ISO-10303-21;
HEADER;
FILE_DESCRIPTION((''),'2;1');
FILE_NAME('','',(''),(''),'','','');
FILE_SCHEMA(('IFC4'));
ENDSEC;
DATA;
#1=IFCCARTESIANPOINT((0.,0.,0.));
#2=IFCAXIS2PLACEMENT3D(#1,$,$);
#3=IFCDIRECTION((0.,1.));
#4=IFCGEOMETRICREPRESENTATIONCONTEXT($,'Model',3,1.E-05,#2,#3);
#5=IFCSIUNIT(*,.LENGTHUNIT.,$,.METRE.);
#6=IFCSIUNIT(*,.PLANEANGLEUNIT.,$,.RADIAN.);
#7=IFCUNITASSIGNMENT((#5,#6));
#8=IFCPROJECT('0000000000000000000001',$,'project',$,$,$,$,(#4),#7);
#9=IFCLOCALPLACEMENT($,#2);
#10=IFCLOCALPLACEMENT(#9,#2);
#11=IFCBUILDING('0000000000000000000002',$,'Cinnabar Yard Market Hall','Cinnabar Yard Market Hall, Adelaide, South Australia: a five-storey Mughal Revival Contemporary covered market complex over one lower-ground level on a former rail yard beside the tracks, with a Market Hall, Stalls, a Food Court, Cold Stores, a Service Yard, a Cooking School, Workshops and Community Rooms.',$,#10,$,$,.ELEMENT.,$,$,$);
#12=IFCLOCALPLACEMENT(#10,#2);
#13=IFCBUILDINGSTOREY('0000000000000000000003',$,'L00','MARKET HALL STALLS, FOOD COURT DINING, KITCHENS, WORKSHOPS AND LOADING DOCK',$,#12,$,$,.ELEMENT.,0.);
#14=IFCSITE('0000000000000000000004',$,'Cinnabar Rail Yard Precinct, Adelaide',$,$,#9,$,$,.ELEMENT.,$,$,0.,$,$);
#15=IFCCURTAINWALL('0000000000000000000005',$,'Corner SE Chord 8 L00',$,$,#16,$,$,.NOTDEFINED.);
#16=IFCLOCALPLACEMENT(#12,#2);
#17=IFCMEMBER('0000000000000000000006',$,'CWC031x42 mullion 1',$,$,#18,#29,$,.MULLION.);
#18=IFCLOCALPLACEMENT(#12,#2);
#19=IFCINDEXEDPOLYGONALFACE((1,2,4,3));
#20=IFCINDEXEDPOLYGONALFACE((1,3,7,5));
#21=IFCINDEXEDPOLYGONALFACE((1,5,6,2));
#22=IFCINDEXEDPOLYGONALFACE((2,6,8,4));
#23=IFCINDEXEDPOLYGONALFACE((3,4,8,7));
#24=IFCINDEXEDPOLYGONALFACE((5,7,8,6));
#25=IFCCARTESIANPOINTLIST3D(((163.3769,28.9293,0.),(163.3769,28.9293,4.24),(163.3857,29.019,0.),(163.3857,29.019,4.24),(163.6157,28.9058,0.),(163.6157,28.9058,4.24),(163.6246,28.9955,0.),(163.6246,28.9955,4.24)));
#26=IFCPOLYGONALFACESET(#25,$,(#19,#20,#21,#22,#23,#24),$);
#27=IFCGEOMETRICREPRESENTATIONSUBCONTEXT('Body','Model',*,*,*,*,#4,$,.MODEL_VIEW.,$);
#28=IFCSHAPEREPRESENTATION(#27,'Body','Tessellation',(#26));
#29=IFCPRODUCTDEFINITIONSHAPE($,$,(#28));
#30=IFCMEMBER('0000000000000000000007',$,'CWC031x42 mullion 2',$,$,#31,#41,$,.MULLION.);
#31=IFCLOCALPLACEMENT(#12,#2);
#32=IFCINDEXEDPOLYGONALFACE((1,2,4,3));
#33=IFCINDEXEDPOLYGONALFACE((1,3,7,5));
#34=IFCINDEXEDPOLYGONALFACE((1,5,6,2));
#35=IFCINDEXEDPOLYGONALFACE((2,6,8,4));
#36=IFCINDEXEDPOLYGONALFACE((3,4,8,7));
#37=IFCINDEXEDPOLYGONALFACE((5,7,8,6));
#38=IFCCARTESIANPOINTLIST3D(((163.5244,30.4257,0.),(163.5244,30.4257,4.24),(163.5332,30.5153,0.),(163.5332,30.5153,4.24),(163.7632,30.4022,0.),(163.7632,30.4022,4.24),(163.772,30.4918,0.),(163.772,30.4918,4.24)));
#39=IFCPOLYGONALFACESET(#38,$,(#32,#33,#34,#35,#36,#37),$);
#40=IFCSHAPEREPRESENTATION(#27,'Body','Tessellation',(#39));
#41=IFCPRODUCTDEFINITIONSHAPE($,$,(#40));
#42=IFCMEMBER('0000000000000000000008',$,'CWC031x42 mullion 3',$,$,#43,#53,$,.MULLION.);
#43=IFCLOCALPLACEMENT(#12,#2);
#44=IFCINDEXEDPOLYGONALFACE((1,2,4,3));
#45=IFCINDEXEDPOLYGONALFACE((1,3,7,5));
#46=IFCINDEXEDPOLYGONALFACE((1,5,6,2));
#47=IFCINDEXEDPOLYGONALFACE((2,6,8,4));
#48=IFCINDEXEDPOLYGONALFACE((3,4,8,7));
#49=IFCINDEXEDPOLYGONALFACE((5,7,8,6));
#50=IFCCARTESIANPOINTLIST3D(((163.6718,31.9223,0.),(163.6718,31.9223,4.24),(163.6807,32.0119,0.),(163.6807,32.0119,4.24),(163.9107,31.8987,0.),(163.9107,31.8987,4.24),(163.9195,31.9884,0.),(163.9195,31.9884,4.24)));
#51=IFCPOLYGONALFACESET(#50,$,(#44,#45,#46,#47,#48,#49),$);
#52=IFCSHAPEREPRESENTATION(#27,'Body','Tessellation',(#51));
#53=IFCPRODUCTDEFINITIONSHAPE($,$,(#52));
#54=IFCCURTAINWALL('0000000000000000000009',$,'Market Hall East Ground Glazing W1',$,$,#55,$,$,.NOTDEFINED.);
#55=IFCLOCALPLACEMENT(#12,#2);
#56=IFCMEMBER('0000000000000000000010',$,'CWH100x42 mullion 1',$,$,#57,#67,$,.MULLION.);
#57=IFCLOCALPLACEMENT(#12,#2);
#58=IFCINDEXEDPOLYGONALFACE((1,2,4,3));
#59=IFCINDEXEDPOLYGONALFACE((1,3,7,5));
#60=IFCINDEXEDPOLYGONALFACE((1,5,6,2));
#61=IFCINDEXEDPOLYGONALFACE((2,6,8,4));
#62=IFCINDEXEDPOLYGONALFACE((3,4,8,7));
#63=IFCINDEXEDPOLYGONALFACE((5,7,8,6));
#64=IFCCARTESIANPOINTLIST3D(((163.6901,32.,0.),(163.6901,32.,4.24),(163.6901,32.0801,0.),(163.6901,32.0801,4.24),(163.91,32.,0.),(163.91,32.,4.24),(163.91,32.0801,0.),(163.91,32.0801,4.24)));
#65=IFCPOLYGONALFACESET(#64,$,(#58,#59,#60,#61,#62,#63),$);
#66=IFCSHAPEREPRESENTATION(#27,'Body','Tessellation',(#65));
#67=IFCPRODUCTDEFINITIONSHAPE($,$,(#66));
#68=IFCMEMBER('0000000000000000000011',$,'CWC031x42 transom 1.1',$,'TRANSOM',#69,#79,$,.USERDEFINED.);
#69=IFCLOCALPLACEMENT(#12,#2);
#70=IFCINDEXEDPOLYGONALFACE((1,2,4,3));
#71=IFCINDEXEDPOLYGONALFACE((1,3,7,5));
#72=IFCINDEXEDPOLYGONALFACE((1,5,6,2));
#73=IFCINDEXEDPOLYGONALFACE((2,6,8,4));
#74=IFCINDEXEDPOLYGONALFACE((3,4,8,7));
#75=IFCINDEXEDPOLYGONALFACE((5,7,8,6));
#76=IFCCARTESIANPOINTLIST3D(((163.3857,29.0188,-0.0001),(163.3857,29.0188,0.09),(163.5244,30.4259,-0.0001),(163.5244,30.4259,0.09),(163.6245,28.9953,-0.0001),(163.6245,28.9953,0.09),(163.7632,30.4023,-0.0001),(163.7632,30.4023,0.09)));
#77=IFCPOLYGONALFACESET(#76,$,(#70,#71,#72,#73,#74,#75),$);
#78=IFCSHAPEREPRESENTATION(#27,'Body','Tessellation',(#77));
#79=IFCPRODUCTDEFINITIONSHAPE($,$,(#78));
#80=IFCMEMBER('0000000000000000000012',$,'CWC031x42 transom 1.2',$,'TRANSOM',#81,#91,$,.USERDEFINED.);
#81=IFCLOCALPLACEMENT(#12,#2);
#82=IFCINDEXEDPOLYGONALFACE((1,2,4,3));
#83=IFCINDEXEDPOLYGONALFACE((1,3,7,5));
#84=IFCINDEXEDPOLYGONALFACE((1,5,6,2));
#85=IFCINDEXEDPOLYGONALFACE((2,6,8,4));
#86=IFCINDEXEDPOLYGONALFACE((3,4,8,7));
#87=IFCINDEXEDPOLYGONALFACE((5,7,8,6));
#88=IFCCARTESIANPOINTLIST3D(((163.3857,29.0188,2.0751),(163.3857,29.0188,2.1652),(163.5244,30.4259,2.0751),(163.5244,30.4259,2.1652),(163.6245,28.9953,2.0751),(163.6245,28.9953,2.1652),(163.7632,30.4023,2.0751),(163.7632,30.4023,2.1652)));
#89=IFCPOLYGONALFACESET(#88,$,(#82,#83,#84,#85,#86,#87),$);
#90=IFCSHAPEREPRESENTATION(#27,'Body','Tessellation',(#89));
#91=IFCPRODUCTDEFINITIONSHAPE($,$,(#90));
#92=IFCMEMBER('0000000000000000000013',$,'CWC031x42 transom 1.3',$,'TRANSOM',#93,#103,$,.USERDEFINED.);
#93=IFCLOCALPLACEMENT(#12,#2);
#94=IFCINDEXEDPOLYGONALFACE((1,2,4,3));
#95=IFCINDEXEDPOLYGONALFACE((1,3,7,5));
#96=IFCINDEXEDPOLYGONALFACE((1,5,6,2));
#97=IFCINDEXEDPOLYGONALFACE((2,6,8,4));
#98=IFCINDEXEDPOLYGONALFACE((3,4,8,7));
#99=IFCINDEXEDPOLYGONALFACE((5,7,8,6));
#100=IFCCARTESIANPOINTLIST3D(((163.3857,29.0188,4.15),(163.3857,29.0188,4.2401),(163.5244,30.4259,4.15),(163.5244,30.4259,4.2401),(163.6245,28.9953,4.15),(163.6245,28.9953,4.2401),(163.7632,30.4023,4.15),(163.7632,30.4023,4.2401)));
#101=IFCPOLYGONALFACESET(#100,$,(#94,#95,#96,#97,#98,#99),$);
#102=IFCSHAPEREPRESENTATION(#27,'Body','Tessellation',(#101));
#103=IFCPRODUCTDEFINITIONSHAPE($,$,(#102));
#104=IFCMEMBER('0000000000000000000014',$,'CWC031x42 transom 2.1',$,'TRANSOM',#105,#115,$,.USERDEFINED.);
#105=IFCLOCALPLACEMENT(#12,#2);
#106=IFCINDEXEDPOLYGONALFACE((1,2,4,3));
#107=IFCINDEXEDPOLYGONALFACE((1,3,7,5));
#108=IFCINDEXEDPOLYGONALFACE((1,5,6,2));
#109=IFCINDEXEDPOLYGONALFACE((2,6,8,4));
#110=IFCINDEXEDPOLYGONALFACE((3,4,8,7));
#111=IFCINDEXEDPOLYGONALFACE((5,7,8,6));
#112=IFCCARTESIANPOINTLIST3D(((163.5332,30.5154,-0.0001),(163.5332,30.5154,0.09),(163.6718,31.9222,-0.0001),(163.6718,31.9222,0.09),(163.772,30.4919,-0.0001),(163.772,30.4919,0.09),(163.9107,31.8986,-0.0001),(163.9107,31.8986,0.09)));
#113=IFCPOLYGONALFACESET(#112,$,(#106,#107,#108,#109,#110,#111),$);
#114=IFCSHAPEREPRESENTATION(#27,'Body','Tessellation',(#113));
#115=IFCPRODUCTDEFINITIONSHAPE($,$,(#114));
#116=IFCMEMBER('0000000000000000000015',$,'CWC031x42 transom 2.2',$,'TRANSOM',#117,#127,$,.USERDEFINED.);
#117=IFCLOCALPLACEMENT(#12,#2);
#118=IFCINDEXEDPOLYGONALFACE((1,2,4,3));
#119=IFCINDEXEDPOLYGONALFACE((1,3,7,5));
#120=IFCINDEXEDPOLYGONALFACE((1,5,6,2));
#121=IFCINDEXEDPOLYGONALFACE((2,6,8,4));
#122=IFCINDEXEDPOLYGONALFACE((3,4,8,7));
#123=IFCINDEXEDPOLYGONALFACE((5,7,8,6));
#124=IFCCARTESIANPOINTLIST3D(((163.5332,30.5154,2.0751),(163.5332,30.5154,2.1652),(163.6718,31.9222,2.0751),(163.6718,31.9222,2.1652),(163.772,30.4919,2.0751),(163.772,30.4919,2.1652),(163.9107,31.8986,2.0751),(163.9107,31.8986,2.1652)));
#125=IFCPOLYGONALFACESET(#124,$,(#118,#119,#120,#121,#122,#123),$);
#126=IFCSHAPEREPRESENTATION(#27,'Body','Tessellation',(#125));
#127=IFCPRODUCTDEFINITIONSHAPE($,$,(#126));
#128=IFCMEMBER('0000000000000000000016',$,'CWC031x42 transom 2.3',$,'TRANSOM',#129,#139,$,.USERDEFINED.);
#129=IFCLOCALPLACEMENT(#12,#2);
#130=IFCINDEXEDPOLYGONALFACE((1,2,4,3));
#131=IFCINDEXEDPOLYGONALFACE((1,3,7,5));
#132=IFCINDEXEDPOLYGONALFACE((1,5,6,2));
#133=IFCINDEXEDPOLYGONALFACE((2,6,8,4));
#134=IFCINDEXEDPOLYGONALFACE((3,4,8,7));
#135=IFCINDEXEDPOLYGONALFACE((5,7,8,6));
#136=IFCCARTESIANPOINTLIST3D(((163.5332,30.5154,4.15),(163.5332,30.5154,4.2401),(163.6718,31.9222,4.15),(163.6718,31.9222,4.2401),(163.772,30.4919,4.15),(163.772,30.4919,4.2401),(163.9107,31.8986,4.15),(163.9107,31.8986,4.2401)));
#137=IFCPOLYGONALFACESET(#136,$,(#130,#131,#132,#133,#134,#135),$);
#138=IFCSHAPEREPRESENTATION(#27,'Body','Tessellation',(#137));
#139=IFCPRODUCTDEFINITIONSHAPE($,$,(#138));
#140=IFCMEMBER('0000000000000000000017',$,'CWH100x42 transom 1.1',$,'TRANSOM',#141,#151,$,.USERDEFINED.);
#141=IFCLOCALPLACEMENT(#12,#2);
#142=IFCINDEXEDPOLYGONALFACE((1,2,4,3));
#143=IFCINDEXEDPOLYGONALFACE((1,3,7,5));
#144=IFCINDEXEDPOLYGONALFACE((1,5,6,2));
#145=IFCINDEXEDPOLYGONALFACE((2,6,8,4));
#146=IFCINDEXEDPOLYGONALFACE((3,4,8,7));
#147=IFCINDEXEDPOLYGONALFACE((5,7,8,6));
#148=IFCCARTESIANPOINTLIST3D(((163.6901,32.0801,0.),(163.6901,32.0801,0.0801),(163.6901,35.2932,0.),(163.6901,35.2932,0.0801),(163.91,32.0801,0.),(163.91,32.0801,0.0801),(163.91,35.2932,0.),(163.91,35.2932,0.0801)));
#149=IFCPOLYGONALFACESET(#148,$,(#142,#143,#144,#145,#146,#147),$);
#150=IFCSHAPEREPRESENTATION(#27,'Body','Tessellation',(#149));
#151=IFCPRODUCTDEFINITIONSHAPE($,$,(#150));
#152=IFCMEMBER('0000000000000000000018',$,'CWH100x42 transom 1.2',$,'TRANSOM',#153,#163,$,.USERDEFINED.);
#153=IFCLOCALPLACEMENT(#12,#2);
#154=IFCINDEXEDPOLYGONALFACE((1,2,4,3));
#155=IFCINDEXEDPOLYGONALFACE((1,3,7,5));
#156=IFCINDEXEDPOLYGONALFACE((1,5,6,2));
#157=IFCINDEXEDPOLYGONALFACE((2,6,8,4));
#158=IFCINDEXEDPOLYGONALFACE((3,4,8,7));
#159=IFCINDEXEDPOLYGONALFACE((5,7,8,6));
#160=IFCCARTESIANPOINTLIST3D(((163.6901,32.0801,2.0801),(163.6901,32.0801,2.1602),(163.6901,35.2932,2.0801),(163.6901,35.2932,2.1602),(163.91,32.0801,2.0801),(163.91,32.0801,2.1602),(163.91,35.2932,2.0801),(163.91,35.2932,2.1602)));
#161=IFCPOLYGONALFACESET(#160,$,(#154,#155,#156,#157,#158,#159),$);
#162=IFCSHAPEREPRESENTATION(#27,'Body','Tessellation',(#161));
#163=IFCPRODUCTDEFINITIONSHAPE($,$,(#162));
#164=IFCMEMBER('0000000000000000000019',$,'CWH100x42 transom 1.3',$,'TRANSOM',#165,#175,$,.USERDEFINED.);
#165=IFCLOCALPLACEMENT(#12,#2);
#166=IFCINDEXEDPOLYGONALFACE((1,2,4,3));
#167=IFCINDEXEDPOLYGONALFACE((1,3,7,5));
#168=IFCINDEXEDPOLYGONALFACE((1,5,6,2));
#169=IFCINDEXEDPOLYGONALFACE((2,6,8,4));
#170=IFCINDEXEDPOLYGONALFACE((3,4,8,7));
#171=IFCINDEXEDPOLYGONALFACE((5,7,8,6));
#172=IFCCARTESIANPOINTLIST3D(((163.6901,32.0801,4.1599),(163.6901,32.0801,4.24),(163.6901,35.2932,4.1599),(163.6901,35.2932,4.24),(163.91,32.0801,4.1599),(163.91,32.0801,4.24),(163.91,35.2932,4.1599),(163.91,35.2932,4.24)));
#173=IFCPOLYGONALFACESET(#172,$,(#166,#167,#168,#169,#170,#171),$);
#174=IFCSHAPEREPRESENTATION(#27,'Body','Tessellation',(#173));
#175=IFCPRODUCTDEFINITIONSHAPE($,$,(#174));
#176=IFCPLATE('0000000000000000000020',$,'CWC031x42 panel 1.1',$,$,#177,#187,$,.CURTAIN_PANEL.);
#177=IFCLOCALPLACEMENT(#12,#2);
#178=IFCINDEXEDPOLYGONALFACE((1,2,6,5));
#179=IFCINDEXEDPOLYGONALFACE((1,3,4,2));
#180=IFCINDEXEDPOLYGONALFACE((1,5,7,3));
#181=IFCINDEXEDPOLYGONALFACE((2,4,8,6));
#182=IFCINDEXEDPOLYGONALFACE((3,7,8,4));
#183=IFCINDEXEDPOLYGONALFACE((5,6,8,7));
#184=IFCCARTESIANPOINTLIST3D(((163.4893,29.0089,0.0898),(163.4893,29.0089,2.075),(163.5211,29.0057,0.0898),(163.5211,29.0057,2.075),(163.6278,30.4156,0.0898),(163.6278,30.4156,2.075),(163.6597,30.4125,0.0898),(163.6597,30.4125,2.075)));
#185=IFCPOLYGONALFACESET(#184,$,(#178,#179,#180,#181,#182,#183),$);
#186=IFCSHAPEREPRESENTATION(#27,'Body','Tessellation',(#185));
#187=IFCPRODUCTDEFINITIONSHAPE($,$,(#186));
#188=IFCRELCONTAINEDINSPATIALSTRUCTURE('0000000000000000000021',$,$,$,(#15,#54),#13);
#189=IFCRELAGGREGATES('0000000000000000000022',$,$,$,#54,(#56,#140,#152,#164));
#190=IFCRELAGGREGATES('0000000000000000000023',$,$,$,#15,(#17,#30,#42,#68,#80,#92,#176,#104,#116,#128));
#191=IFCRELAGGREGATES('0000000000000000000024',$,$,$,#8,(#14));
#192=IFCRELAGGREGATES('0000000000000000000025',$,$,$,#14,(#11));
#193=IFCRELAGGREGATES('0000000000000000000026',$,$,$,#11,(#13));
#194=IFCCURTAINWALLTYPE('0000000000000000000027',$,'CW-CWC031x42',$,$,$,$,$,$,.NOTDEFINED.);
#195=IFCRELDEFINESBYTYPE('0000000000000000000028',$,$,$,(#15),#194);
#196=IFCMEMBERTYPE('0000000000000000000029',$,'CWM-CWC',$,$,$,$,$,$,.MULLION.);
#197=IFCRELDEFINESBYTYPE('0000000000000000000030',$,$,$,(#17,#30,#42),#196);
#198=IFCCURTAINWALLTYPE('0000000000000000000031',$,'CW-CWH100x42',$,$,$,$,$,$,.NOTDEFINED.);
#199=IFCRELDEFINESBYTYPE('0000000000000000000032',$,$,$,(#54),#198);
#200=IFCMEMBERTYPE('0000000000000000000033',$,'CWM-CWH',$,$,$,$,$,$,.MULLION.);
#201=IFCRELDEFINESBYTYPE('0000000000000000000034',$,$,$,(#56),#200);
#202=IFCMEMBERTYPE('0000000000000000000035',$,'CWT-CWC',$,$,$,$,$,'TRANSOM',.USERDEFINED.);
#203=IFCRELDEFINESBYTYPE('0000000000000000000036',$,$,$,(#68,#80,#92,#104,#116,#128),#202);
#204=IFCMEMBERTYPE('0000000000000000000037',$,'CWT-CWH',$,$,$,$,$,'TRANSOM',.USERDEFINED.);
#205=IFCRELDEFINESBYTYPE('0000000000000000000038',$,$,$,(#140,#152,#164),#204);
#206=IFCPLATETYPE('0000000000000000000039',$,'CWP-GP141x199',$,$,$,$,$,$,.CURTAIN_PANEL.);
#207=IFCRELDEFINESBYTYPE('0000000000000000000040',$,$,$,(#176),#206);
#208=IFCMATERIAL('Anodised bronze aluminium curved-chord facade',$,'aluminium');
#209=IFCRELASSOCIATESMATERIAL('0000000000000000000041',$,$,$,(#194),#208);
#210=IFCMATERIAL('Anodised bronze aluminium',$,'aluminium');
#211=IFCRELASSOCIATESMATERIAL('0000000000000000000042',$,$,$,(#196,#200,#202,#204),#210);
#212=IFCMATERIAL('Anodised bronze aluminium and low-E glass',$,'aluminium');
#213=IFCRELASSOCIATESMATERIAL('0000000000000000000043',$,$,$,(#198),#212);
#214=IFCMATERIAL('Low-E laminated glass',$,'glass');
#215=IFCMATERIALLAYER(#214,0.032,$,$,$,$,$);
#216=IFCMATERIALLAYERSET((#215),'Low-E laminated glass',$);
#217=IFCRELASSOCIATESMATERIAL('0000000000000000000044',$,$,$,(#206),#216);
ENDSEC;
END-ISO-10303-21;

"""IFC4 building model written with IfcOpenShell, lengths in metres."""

from ifc_helpers import new_model, si_unit, direction, frame, origin, origin_2d_with_axis, place, context, subcontext, project, spatial, rectangle, extrude, material, layer, layer_set, material_profile, profile_set, type_object, element, aggregate, save


model = new_model("IFC4")

# Units and contexts
model_context = context("Model", 3, precision=1e-05, world=origin(), true_north=direction((0.0, 1.0)))
body_context = subcontext(model_context, "Body", "Model", "MODEL_VIEW")
ifc_project = project(units=[si_unit("LENGTHUNIT", "METRE"), si_unit("PLANEANGLEUNIT", "RADIAN")], contexts=[model_context])

# Site, building, storey
site_placement = place(None, origin())
site = spatial("IfcSite", under=ifc_project, at=site_placement, Name="Cinnabar Rail Yard Precinct, Adelaide", CompositionType="ELEMENT", RefElevation=0.0)
building_placement = place(site_placement, origin())
building = spatial("IfcBuilding", under=site, at=building_placement, Name="Cinnabar Yard Market Hall", Description="Cinnabar Yard Market Hall, Adelaide, South Australia: a five-storey Mughal Revival Contemporary covered market complex over one lower-ground level on a former rail yard beside the tracks, with a Market Hall, Stalls, a Food Court, Cold Stores, a Service Yard, a Cooking School, Workshops and Community Rooms.", CompositionType="ELEMENT")
storey_placement = place(building_placement, origin())
storey = spatial("IfcBuildingStorey", under=building, at=storey_placement, Name="L00", Description="MARKET HALL STALLS, FOOD COURT DINING, KITCHENS, WORKSHOPS AND LOADING DOCK", CompositionType="ELEMENT", Elevation=0.0)

# Curtain wall, members
ifc_material_1 = material(Name="Anodised bronze aluminium curved-chord facade", Category="aluminium")
curtain_wall_type_1 = type_object("IfcCurtainWallType", Name="CW-CWC031x42", PredefinedType="NOTDEFINED", material=ifc_material_1)
curtain_wall_1_placement = place(storey_placement, origin())
curtain_wall_1 = element("IfcCurtainWall", 1, at=curtain_wall_1_placement, inside=storey, type_object=curtain_wall_type_1, Name="Corner SE Chord 8 L00", PredefinedType="NOTDEFINED")
ifc_material_2 = material(Name="Anodised bronze aluminium", Category="aluminium")
ifc_material_profile_1 = material_profile(ifc_material_2, rectangle(XDim=0.24, YDim=0.0901, at=origin_2d_with_axis()), Name="MUL-CWC")
ifc_profile_set_1 = profile_set([ifc_material_profile_1], Name="Anodised bronze aluminium")
member_type_1 = type_object("IfcMemberType", Name="CWM-CWC", PredefinedType="MULLION", material=ifc_profile_set_1)
member_1_placement = place(storey_placement, frame((163.5007, 28.9624, 0.0), z_axis=(0.0, 0.0, 1.0), x_axis=(-0.995184, 0.09802, 0.0)))
member_1 = element("IfcMember", 2, at=member_1_placement, type_object=member_type_1, Name="CWC031x42 mullion 1", PredefinedType="MULLION", context=body_context, shape_type="SweptSolid", body=[
    extrude(rectangle(XDim=0.24, YDim=0.0901, at=origin_2d_with_axis()), origin(), (0.0, 0.0, 1.0), 4.24),
])
member_2_placement = place(storey_placement, frame((163.6482, 30.4587, 0.0), z_axis=(0.0, 0.0, 1.0), x_axis=(-0.995184, 0.09802, 0.0)))
member_2 = element("IfcMember", 3, at=member_2_placement, type_object=member_type_1, Name="CWC031x42 mullion 2", PredefinedType="MULLION", context=body_context, shape_type="SweptSolid", body=[
    extrude(rectangle(XDim=0.24, YDim=0.0901, at=origin_2d_with_axis()), origin(), (0.0, 0.0, 1.0), 4.24),
])
member_3_placement = place(storey_placement, frame((163.7957, 31.9553, 0.0), z_axis=(0.0, 0.0, 1.0), x_axis=(-0.995184, 0.09802, 0.0)))
member_3 = element("IfcMember", 4, at=member_3_placement, type_object=member_type_1, Name="CWC031x42 mullion 3", PredefinedType="MULLION", context=body_context, shape_type="SweptSolid", body=[
    extrude(rectangle(XDim=0.24, YDim=0.0901, at=origin_2d_with_axis()), origin(), (0.0, 0.0, 1.0), 4.24),
])

# Curtain wall, member
ifc_material_3 = material(Name="Anodised bronze aluminium and low-E glass", Category="aluminium")
curtain_wall_type_2 = type_object("IfcCurtainWallType", Name="CW-CWH100x42", PredefinedType="NOTDEFINED", material=ifc_material_3)
curtain_wall_2_placement = place(storey_placement, origin())
curtain_wall_2 = element("IfcCurtainWall", 5, at=curtain_wall_2_placement, inside=storey, type_object=curtain_wall_type_2, Name="Market Hall East Ground Glazing W1", PredefinedType="NOTDEFINED")
ifc_material_profile_2 = material_profile(ifc_material_2, rectangle(XDim=0.22, YDim=0.0801, at=origin_2d_with_axis()), Name="MUL-CWH")
ifc_profile_set_2 = profile_set([ifc_material_profile_2], Name="Anodised bronze aluminium")
member_type_2 = type_object("IfcMemberType", Name="CWM-CWH", PredefinedType="MULLION", material=ifc_profile_set_2)
member_4_placement = place(storey_placement, frame((163.8, 32.04, 0.0), z_axis=(0.0, 0.0, 1.0), x_axis=(-1.0, 0.0, 0.0)))
member_4 = element("IfcMember", 6, at=member_4_placement, type_object=member_type_2, Name="CWH100x42 mullion 1", PredefinedType="MULLION", context=body_context, shape_type="SweptSolid", body=[
    extrude(rectangle(XDim=0.22, YDim=0.0801, at=origin_2d_with_axis()), origin(), (0.0, 0.0, 1.0), 4.24),
])

# Members
ifc_material_profile_3 = material_profile(ifc_material_2, rectangle(XDim=0.24, YDim=0.0901, at=origin_2d_with_axis()), Name="TRN-CWC")
ifc_profile_set_3 = profile_set([ifc_material_profile_3], Name="Anodised bronze aluminium")
member_type_3 = type_object("IfcMemberType", Name="CWT-CWC", ElementType="TRANSOM", PredefinedType="USERDEFINED", material=ifc_profile_set_3)
member_5_placement = place(storey_placement, frame((163.5051, 29.0071, 0.0449), z_axis=(0.098085, 0.995178, 0.0), x_axis=(-0.995178, 0.098085, 0.0)))
member_5 = element("IfcMember", 7, at=member_5_placement, type_object=member_type_3, Name="CWC031x42 transom 1.1", ObjectType="TRANSOM", PredefinedType="USERDEFINED", context=body_context, shape_type="SweptSolid", body=[
    extrude(rectangle(XDim=0.24, YDim=0.0901, at=origin_2d_with_axis()), origin(), (0.0, 0.0, 1.0), 1.4138),
])
member_6_placement = place(storey_placement, frame((163.5051, 29.0071, 2.1201), z_axis=(0.098085, 0.995178, 0.0), x_axis=(-0.995178, 0.098085, 0.0)))
member_6 = element("IfcMember", 8, at=member_6_placement, type_object=member_type_3, Name="CWC031x42 transom 1.2", ObjectType="TRANSOM", PredefinedType="USERDEFINED", context=body_context, shape_type="SweptSolid", body=[
    extrude(rectangle(XDim=0.24, YDim=0.0901, at=origin_2d_with_axis()), origin(), (0.0, 0.0, 1.0), 1.4138),
])
member_7_placement = place(storey_placement, frame((163.5051, 29.0071, 4.1951), z_axis=(0.098085, 0.995178, 0.0), x_axis=(-0.995178, 0.098085, 0.0)))
member_7 = element("IfcMember", 9, at=member_7_placement, type_object=member_type_3, Name="CWC031x42 transom 1.3", ObjectType="TRANSOM", PredefinedType="USERDEFINED", context=body_context, shape_type="SweptSolid", body=[
    extrude(rectangle(XDim=0.24, YDim=0.0901, at=origin_2d_with_axis()), origin(), (0.0, 0.0, 1.0), 1.4138),
])
member_8_placement = place(storey_placement, frame((163.6526, 30.5037, 0.0449), z_axis=(0.098101, 0.995176, 0.0), x_axis=(-0.995176, 0.098101, 0.0)))
member_8 = element("IfcMember", 10, at=member_8_placement, type_object=member_type_3, Name="CWC031x42 transom 2.1", ObjectType="TRANSOM", PredefinedType="USERDEFINED", context=body_context, shape_type="SweptSolid", body=[
    extrude(rectangle(XDim=0.24, YDim=0.0901, at=origin_2d_with_axis()), origin(), (0.0, 0.0, 1.0), 1.4136),
])
member_9_placement = place(storey_placement, frame((163.6526, 30.5037, 2.1201), z_axis=(0.098101, 0.995176, 0.0), x_axis=(-0.995176, 0.098101, 0.0)))
member_9 = element("IfcMember", 11, at=member_9_placement, type_object=member_type_3, Name="CWC031x42 transom 2.2", ObjectType="TRANSOM", PredefinedType="USERDEFINED", context=body_context, shape_type="SweptSolid", body=[
    extrude(rectangle(XDim=0.24, YDim=0.0901, at=origin_2d_with_axis()), origin(), (0.0, 0.0, 1.0), 1.4136),
])
member_10_placement = place(storey_placement, frame((163.6526, 30.5037, 4.1951), z_axis=(0.098101, 0.995176, 0.0), x_axis=(-0.995176, 0.098101, 0.0)))
member_10 = element("IfcMember", 12, at=member_10_placement, type_object=member_type_3, Name="CWC031x42 transom 2.3", ObjectType="TRANSOM", PredefinedType="USERDEFINED", context=body_context, shape_type="SweptSolid", body=[
    extrude(rectangle(XDim=0.24, YDim=0.0901, at=origin_2d_with_axis()), origin(), (0.0, 0.0, 1.0), 1.4136),
])
ifc_material_profile_4 = material_profile(ifc_material_2, rectangle(XDim=0.22, YDim=0.0801, at=origin_2d_with_axis()), Name="TRN-CWH")
ifc_profile_set_4 = profile_set([ifc_material_profile_4], Name="Anodised bronze aluminium")
member_type_4 = type_object("IfcMemberType", Name="CWT-CWH", ElementType="TRANSOM", PredefinedType="USERDEFINED", material=ifc_profile_set_4)
member_11_placement = place(storey_placement, frame((163.8, 32.0801, 0.04), z_axis=(0.0, 1.0, 0.0), x_axis=(-1.0, 0.0, 0.0)))
member_11 = element("IfcMember", 13, at=member_11_placement, type_object=member_type_4, Name="CWH100x42 transom 1.1", ObjectType="TRANSOM", PredefinedType="USERDEFINED", context=body_context, shape_type="SweptSolid", body=[
    extrude(rectangle(XDim=0.22, YDim=0.0801, at=origin_2d_with_axis()), origin(), (0.0, 0.0, 1.0), 3.2131),
])
member_12_placement = place(storey_placement, frame((163.8, 32.0801, 2.1201), z_axis=(0.0, 1.0, 0.0), x_axis=(-1.0, 0.0, 0.0)))
member_12 = element("IfcMember", 14, at=member_12_placement, type_object=member_type_4, Name="CWH100x42 transom 1.2", ObjectType="TRANSOM", PredefinedType="USERDEFINED", context=body_context, shape_type="SweptSolid", body=[
    extrude(rectangle(XDim=0.22, YDim=0.0801, at=origin_2d_with_axis()), origin(), (0.0, 0.0, 1.0), 3.2131),
])
member_13_placement = place(storey_placement, frame((163.8, 32.0801, 4.2), z_axis=(0.0, 1.0, 0.0), x_axis=(-1.0, 0.0, 0.0)))
member_13 = element("IfcMember", 15, at=member_13_placement, type_object=member_type_4, Name="CWH100x42 transom 1.3", ObjectType="TRANSOM", PredefinedType="USERDEFINED", context=body_context, shape_type="SweptSolid", body=[
    extrude(rectangle(XDim=0.22, YDim=0.0801, at=origin_2d_with_axis()), origin(), (0.0, 0.0, 1.0), 3.2131),
])
aggregate(curtain_wall_2, [member_4, member_11, member_12, member_13])

# Plate
ifc_material_4 = material(Name="Low-E laminated glass", Category="glass")
ifc_layer_1 = layer(ifc_material_4, 0.032)
ifc_layer_set_1 = layer_set([ifc_layer_1], Name="Low-E laminated glass")
plate_type = type_object("IfcPlateType", Name="CWP-GP141x199", PredefinedType="CURTAIN_PANEL", material=ifc_layer_set_1)
plate_1_placement = place(storey_placement, frame((163.5745, 29.7107, 0.0898), z_axis=(0.0, 0.0, 1.0), x_axis=(0.09802, 0.995184, 0.0)))
plate_1 = element("IfcPlate", 16, at=plate_1_placement, type_object=plate_type, Name="CWC031x42 panel 1.1", PredefinedType="CURTAIN_PANEL", context=body_context, shape_type="SweptSolid", body=[
    extrude(rectangle(XDim=1.4136, YDim=0.032, at=origin_2d_with_axis()), origin(), (0.0, 0.0, 1.0), 1.9851),
])
aggregate(curtain_wall_1, [member_1, member_2, member_3, member_5, member_6, member_7, plate_1, member_8, member_9, member_10])

save(model, "model.ifc")
